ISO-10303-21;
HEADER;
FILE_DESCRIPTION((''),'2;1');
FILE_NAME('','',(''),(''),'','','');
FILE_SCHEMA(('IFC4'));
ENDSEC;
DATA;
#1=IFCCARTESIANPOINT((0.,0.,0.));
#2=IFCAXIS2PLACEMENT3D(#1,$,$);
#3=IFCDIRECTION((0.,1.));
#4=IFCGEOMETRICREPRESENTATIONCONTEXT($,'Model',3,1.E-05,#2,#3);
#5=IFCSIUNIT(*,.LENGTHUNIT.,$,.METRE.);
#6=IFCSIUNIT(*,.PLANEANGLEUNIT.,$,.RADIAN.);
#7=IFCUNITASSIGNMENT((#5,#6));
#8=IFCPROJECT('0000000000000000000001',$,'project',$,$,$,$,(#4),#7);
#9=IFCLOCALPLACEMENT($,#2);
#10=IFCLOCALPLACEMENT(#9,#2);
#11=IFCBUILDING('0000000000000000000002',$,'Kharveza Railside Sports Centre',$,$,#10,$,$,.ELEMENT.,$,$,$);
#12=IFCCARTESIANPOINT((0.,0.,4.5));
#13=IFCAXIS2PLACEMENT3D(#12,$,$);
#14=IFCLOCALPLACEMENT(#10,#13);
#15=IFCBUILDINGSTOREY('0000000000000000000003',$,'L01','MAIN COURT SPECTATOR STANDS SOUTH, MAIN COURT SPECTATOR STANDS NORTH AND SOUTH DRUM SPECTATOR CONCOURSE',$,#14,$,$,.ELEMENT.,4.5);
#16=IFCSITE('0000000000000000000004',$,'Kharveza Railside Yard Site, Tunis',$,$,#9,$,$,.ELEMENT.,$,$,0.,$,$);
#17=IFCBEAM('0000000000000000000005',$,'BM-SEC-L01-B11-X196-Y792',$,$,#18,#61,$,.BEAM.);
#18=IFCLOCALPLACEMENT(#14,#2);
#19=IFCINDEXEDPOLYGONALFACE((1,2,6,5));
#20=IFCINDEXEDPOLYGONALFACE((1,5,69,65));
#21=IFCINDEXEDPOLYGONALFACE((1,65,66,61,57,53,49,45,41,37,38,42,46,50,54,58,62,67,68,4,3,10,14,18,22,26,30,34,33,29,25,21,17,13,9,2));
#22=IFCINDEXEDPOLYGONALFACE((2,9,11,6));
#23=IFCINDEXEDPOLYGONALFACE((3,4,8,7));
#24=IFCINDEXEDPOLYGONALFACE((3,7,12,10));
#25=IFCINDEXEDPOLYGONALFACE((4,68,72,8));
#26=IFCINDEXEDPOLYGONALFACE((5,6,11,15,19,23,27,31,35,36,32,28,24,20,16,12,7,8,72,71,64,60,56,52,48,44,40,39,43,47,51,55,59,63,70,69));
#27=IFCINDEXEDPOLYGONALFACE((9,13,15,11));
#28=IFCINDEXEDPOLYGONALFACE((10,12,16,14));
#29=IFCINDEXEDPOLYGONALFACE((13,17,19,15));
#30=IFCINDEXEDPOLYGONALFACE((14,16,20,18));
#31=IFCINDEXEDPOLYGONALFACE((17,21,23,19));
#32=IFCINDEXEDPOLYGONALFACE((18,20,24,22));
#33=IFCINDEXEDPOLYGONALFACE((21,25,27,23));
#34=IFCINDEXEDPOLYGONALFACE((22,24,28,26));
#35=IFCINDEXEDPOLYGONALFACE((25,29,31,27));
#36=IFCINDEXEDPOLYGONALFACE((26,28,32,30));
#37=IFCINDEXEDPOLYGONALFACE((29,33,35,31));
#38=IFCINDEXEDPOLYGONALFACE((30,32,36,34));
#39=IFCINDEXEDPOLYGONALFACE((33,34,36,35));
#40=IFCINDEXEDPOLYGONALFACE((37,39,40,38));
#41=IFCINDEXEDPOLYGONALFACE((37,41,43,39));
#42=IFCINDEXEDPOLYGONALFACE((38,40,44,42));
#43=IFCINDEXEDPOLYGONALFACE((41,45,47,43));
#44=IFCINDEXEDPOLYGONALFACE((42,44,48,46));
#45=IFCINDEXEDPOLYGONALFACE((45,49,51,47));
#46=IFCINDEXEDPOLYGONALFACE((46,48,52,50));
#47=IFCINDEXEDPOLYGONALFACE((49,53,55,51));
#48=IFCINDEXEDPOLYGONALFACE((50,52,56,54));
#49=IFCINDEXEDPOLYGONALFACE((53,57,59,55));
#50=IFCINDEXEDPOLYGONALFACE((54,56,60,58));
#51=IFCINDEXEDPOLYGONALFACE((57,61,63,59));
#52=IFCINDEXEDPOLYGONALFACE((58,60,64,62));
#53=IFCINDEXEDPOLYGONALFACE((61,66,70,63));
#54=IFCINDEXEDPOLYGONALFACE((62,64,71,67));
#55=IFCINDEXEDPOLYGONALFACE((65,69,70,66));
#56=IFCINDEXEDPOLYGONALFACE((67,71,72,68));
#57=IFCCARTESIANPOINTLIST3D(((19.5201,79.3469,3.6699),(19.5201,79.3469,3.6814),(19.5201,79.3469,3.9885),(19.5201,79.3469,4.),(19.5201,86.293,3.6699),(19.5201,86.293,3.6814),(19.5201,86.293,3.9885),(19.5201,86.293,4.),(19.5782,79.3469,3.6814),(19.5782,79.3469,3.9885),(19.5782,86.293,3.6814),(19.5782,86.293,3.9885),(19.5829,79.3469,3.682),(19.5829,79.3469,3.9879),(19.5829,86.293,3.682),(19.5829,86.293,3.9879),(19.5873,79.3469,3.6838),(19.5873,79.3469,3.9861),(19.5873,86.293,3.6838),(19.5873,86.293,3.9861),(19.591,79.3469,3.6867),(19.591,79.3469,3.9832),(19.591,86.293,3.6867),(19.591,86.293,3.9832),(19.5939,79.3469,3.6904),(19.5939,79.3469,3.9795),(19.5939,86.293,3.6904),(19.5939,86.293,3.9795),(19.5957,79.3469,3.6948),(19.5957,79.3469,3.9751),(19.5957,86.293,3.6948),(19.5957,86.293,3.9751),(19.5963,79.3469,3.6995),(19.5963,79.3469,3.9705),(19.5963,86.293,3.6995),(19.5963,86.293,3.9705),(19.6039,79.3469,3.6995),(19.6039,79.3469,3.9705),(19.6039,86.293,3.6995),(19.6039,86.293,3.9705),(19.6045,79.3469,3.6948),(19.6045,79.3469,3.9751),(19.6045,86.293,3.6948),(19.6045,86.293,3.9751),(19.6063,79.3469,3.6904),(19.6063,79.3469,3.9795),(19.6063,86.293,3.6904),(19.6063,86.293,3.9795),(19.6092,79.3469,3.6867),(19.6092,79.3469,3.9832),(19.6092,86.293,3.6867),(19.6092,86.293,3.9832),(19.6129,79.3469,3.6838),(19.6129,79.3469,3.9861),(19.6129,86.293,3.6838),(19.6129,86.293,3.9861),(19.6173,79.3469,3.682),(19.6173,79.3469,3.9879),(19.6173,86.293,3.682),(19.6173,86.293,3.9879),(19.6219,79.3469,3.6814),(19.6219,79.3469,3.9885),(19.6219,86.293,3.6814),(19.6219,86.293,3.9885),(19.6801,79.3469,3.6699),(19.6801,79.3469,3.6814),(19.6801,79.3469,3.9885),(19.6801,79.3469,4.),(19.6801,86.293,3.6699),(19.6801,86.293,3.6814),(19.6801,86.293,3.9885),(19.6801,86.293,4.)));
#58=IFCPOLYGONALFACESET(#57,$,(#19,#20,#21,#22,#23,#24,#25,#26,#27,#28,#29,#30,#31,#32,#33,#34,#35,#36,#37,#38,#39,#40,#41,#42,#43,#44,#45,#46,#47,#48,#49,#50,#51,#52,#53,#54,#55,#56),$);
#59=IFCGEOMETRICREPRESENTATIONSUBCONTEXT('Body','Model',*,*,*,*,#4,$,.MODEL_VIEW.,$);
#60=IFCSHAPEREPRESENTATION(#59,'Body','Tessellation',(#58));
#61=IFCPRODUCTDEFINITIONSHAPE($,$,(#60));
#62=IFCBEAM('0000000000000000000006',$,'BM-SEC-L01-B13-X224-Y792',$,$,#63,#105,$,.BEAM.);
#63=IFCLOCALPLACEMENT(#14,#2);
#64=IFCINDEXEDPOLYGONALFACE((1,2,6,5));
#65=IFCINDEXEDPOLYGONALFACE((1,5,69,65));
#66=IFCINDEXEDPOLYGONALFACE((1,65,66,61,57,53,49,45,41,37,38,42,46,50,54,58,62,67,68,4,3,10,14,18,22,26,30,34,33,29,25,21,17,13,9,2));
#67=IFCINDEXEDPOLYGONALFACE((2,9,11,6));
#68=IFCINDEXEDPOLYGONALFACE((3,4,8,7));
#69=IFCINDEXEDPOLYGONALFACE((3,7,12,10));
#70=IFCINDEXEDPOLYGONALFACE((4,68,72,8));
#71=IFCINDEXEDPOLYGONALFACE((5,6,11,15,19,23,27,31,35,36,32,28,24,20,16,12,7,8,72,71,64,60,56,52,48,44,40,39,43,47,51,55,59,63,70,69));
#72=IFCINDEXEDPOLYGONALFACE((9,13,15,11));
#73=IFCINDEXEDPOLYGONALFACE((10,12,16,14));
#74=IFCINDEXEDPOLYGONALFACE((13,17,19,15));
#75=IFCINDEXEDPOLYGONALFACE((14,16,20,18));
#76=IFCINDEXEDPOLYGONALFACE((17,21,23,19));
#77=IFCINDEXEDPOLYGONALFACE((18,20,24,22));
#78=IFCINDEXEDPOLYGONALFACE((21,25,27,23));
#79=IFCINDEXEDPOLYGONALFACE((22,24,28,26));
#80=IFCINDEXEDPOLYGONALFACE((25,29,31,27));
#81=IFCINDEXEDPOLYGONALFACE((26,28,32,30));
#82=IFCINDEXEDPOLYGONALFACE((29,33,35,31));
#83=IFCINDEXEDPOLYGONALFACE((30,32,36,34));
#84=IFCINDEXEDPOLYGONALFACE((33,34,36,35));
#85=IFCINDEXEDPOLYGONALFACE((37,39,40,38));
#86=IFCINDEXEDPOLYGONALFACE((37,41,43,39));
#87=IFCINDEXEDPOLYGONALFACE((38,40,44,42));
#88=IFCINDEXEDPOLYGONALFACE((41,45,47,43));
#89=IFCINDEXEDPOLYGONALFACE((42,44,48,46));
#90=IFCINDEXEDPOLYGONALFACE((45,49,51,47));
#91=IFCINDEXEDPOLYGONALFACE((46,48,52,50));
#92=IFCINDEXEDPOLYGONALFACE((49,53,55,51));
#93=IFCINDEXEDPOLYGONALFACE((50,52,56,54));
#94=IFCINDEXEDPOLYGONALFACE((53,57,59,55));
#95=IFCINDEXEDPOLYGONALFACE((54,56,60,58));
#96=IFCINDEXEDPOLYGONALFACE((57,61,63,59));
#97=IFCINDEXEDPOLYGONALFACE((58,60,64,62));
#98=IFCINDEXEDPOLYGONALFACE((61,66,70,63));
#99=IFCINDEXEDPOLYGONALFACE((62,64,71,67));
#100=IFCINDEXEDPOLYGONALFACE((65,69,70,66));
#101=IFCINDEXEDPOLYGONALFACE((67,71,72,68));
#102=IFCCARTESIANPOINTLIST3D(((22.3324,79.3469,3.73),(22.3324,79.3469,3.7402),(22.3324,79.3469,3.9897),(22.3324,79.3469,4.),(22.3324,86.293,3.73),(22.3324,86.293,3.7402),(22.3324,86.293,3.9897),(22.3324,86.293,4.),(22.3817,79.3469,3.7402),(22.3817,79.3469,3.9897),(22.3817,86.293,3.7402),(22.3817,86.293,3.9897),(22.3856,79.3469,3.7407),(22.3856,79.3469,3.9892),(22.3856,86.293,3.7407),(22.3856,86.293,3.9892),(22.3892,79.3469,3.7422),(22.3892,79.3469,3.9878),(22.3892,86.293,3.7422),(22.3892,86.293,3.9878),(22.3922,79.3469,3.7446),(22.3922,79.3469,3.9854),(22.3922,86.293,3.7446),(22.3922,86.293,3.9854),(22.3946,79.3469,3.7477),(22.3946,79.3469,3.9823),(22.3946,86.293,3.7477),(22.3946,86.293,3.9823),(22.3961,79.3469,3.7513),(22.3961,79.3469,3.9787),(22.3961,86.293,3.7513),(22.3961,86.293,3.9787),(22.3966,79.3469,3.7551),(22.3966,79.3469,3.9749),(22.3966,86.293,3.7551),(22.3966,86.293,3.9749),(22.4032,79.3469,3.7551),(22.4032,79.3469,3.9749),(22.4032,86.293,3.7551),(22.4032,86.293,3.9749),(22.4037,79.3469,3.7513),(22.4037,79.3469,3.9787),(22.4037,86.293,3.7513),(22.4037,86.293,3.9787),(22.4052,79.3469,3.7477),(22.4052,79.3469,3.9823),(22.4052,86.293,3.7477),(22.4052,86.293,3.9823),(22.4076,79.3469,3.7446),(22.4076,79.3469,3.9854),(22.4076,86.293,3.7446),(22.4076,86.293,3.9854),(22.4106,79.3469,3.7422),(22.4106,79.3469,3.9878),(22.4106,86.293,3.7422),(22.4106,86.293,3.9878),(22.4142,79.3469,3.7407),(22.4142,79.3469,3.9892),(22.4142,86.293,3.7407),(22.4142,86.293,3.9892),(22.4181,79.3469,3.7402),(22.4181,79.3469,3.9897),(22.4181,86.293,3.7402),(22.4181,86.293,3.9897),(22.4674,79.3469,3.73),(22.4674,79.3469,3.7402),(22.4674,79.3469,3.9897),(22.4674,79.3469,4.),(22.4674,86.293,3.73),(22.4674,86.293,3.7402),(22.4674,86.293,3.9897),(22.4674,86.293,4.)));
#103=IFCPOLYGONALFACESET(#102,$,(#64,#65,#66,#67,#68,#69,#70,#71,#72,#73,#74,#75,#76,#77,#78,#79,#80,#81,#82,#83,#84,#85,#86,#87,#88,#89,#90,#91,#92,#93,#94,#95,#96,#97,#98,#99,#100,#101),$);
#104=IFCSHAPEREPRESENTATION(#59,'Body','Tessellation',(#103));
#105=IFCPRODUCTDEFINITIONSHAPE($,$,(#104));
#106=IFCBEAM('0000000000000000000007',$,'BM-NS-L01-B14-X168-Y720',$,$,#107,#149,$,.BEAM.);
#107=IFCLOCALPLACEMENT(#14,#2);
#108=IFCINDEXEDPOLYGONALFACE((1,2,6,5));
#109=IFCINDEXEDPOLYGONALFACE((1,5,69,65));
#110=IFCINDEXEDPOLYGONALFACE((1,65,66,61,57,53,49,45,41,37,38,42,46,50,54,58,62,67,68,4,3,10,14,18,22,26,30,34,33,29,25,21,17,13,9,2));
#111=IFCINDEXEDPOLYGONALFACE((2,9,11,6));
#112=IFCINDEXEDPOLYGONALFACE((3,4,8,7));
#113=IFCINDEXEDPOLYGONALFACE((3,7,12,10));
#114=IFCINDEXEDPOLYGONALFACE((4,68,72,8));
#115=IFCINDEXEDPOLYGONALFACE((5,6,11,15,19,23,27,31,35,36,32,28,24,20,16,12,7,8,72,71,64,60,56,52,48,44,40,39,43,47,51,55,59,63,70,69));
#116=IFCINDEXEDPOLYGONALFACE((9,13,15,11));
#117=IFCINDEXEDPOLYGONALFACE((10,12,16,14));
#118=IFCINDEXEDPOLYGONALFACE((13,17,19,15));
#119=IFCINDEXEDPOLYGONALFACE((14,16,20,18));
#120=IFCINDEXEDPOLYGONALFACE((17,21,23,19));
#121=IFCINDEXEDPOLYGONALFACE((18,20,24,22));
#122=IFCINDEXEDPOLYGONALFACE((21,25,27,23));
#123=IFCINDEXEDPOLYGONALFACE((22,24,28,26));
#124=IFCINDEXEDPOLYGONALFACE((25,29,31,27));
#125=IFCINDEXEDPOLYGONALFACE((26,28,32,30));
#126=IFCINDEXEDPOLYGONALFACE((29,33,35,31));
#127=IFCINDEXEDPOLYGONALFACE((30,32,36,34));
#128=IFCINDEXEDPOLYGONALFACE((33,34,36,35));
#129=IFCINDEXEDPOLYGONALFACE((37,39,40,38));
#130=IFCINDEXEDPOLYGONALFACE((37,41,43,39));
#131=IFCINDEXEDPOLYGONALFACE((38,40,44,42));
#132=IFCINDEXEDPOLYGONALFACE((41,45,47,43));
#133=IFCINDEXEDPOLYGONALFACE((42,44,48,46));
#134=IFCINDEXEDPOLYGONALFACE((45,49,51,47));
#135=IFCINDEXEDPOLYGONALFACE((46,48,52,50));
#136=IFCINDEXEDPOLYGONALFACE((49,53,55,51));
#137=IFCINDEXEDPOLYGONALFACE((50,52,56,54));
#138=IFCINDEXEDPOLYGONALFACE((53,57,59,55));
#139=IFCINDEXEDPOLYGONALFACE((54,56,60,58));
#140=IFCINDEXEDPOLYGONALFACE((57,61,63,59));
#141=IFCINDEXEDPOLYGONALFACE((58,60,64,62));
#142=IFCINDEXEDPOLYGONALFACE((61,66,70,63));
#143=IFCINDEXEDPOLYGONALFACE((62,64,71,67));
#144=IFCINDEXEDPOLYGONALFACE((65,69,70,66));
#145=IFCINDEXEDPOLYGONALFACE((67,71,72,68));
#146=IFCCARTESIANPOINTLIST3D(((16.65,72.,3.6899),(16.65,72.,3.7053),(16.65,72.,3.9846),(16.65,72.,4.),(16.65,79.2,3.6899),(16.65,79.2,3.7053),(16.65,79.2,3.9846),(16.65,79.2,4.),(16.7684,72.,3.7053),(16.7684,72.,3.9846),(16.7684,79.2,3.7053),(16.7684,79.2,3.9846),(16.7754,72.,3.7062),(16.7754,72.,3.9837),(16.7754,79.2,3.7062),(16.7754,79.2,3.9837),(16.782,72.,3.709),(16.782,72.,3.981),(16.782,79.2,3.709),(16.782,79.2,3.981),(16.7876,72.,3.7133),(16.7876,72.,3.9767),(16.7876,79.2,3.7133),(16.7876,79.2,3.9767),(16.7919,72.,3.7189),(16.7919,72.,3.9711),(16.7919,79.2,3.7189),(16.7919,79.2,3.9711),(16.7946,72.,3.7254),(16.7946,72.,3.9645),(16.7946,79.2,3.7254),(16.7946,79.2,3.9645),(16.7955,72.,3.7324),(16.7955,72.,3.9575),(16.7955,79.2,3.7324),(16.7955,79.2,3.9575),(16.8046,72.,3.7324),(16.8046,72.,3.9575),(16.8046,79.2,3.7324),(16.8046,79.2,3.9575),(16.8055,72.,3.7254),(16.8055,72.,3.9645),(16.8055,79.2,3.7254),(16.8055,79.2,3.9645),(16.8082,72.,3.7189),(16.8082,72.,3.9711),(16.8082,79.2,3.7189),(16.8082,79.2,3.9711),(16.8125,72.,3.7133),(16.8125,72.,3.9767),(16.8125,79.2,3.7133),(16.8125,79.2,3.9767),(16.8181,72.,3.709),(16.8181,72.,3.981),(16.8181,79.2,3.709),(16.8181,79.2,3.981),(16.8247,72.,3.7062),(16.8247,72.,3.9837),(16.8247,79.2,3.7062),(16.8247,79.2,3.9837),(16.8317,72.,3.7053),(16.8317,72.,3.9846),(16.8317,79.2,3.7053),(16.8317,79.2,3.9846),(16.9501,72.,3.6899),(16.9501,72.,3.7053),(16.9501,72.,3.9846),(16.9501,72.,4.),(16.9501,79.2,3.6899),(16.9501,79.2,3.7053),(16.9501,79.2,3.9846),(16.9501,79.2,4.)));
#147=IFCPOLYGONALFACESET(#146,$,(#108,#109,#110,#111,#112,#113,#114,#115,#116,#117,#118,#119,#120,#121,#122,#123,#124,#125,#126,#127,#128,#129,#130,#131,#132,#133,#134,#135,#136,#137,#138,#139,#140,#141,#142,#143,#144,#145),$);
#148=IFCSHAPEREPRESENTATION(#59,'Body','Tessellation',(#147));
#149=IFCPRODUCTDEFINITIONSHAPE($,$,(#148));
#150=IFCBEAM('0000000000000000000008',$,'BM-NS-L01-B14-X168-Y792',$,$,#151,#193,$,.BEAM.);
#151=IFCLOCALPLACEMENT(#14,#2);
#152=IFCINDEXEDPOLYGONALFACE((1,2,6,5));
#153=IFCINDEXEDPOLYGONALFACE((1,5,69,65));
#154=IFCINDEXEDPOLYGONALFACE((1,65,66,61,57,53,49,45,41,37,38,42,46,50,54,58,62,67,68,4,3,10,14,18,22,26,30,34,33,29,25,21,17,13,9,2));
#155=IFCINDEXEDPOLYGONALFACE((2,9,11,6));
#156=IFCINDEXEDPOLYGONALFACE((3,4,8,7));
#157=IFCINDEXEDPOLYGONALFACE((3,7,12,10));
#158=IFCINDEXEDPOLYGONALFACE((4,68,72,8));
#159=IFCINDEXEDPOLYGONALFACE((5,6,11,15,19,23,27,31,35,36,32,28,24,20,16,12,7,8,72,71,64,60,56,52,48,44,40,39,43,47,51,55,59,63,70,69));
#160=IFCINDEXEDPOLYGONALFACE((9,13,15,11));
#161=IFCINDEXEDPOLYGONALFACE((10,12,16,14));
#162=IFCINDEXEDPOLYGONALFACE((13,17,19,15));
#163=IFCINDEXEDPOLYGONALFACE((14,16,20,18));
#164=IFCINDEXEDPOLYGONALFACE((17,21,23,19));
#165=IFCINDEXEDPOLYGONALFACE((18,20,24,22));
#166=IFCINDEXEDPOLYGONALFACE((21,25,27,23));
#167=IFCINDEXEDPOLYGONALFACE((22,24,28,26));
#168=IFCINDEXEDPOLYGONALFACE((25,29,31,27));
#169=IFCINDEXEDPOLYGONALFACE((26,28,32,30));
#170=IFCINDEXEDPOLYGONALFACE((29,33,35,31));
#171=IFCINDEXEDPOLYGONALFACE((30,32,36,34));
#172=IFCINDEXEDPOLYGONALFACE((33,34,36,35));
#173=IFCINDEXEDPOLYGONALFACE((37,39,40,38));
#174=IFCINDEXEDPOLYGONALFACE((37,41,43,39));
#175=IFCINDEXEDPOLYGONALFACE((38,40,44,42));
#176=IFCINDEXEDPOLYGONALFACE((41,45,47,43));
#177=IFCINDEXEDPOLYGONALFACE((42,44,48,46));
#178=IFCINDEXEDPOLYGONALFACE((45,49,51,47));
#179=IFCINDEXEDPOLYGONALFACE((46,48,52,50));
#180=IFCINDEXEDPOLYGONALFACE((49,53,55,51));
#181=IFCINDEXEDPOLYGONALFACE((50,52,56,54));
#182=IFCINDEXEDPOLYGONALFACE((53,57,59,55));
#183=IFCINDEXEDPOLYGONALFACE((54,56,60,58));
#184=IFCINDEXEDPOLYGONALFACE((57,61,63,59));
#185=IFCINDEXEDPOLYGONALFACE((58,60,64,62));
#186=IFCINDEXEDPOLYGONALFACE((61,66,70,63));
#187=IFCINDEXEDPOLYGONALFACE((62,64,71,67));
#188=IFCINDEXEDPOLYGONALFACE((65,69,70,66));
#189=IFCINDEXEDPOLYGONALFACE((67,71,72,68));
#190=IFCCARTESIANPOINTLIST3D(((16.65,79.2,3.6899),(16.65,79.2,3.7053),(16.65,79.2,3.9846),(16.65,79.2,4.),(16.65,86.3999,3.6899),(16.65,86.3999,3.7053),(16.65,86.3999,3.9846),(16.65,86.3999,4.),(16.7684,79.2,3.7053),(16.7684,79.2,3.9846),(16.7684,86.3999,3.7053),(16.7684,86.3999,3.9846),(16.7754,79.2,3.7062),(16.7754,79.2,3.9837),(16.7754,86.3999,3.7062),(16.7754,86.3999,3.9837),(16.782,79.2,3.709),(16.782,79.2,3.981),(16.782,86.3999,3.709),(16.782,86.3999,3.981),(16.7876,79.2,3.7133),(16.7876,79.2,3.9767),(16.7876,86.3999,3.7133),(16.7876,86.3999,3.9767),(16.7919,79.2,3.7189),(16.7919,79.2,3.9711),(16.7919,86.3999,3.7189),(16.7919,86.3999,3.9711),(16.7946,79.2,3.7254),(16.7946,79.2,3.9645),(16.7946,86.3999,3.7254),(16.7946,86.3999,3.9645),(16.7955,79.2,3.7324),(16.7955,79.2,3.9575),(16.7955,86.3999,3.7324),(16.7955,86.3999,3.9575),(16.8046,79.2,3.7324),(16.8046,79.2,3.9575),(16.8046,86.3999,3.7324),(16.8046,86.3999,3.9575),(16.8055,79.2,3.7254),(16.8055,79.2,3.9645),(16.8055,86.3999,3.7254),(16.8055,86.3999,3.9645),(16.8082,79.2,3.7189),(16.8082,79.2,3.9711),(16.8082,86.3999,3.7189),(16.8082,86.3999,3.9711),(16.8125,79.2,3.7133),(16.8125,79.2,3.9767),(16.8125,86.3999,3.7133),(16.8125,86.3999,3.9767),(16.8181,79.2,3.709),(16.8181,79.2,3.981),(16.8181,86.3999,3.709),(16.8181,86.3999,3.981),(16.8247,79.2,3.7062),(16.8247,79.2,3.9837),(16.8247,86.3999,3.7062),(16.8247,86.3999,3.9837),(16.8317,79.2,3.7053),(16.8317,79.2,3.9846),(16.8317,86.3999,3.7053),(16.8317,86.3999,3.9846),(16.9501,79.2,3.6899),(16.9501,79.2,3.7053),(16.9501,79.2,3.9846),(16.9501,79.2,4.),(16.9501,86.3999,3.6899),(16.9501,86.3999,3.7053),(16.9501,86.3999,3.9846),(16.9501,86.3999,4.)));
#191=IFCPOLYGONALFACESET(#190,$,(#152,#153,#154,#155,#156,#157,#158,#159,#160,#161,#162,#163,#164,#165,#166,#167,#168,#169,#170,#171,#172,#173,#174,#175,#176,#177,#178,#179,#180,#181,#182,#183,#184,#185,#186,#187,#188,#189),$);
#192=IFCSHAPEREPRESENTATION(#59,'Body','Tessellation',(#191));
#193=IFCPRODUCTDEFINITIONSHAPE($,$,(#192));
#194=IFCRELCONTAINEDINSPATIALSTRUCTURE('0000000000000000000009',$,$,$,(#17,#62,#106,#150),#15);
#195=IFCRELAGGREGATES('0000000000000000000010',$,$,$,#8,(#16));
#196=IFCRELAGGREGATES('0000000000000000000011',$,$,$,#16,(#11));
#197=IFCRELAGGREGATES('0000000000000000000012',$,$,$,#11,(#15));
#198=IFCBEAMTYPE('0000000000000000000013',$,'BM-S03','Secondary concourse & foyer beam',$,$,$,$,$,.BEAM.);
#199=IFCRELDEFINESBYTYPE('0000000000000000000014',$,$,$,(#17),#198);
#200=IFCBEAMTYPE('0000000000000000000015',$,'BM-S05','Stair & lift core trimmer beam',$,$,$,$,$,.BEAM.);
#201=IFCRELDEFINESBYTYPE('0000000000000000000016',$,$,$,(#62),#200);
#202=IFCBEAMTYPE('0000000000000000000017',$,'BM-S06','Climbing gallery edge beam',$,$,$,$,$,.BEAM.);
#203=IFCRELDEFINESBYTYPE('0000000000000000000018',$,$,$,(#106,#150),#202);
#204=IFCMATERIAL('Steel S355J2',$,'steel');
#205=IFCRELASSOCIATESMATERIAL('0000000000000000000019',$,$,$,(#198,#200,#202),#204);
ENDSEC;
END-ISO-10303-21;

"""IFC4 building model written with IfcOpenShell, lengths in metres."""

from ifc_helpers import new_model, si_unit, direction, frame, origin, origin_2d, place, context, subcontext, project, spatial, i_section, extrude, material, material_profile, profile_set, type_object, element, save


model = new_model("IFC4")

# Units and contexts
model_context = context("Model", 3, precision=1e-05, world=origin(), true_north=direction((0.0, 1.0)))
body_context = subcontext(model_context, "Body", "Model", "MODEL_VIEW")
ifc_project = project(units=[si_unit("LENGTHUNIT", "METRE"), si_unit("PLANEANGLEUNIT", "RADIAN")], contexts=[model_context])

# Site, building, storey
site_placement = place(None, origin())
site = spatial("IfcSite", under=ifc_project, at=site_placement, Name="Kharveza Railside Yard Site, Tunis", CompositionType="ELEMENT", RefElevation=0.0)
building_placement = place(site_placement, origin())
building = spatial("IfcBuilding", under=site, at=building_placement, Name="Kharveza Railside Sports Centre", CompositionType="ELEMENT")
storey_placement = place(building_placement, frame((0.0, 0.0, 4.5)))
storey = spatial("IfcBuildingStorey", under=building, at=storey_placement, Name="L01", Description="MAIN COURT SPECTATOR STANDS SOUTH, MAIN COURT SPECTATOR STANDS NORTH AND SOUTH DRUM SPECTATOR CONCOURSE", CompositionType="ELEMENT", Elevation=4.5)

# Shared definitions
ifc_material_1 = material(Name="Steel S355J2", Category="steel")

# Beams
ifc_material_profile_1 = material_profile(ifc_material_1, i_section(OverallWidth=0.1599, OverallDepth=0.3301, WebThickness=0.0076, FlangeThickness=0.0115, FilletRadius=0.0181, at=origin_2d()), Name="IPE 330")
ifc_profile_set_1 = profile_set([ifc_material_profile_1], Name="Steel S355J2")
beam_type_1 = type_object("IfcBeamType", Name="BM-S03", Description="Secondary concourse & foyer beam", PredefinedType="BEAM", material=ifc_profile_set_1)
beam_1_placement = place(storey_placement, frame((19.6001, 79.3469, 3.835), z_axis=(0.0, 1.0, 0.0), x_axis=(-1.0, 0.0, 0.0)))
element("IfcBeam", 1, at=beam_1_placement, inside=storey, type_object=beam_type_1, Name="BM-SEC-L01-B11-X196-Y792", PredefinedType="BEAM", context=body_context, shape_type="SweptSolid", body=[
    extrude(i_section(OverallWidth=0.1599, OverallDepth=0.3301, WebThickness=0.0076, FlangeThickness=0.0115, FilletRadius=0.0181, at=origin_2d()), origin(), (0.0, 0.0, 1.0), 6.946),
])
ifc_material_profile_2 = material_profile(ifc_material_1, i_section(OverallWidth=0.135, OverallDepth=0.27, WebThickness=0.0066, FlangeThickness=0.0103, FilletRadius=0.0149, at=origin_2d()), Name="IPE 270")
ifc_profile_set_2 = profile_set([ifc_material_profile_2], Name="Steel S355J2")
beam_type_2 = type_object("IfcBeamType", Name="BM-S05", Description="Stair & lift core trimmer beam", PredefinedType="BEAM", material=ifc_profile_set_2)
beam_2_placement = place(storey_placement, frame((22.3999, 79.3469, 3.865), z_axis=(0.0, 1.0, 0.0), x_axis=(-1.0, 0.0, 0.0)))
element("IfcBeam", 2, at=beam_2_placement, inside=storey, type_object=beam_type_2, Name="BM-SEC-L01-B13-X224-Y792", PredefinedType="BEAM", context=body_context, shape_type="SweptSolid", body=[
    extrude(i_section(OverallWidth=0.135, OverallDepth=0.27, WebThickness=0.0066, FlangeThickness=0.0103, FilletRadius=0.0149, at=origin_2d()), origin(), (0.0, 0.0, 1.0), 6.946),
])
ifc_material_profile_3 = material_profile(ifc_material_1, i_section(OverallWidth=0.3, OverallDepth=0.3101, WebThickness=0.009, FlangeThickness=0.0154, FilletRadius=0.0271, at=origin_2d()), Name="HEA 320")
ifc_profile_set_3 = profile_set([ifc_material_profile_3], Name="Steel S355J2")
beam_type_3 = type_object("IfcBeamType", Name="BM-S06", Description="Climbing gallery edge beam", PredefinedType="BEAM", material=ifc_profile_set_3)
for number, where, z_axis, x_axis, name in (
    (3, (16.8, 72.0, 3.845), (0.0, 1.0, 0.0), (-1.0, 0.0, 0.0), "BM-NS-L01-B14-X168-Y720"),
    (4, (16.8, 79.2, 3.845), (0.0, 1.0, 0.0), (-1.0, 0.0, 0.0), "BM-NS-L01-B14-X168-Y792"),
):
    element("IfcBeam", number, at=place(storey_placement, frame(where, z_axis=z_axis, x_axis=x_axis)), inside=storey, type_object=beam_type_3, Name=name, PredefinedType="BEAM", context=body_context, shape_type="SweptSolid", body=[
        extrude(i_section(OverallWidth=0.3, OverallDepth=0.3101, WebThickness=0.009, FlangeThickness=0.0154, FilletRadius=0.0271, at=origin_2d()), origin(), (0.0, 0.0, 1.0), 7.2),
    ])

save(model, "model.ifc")
